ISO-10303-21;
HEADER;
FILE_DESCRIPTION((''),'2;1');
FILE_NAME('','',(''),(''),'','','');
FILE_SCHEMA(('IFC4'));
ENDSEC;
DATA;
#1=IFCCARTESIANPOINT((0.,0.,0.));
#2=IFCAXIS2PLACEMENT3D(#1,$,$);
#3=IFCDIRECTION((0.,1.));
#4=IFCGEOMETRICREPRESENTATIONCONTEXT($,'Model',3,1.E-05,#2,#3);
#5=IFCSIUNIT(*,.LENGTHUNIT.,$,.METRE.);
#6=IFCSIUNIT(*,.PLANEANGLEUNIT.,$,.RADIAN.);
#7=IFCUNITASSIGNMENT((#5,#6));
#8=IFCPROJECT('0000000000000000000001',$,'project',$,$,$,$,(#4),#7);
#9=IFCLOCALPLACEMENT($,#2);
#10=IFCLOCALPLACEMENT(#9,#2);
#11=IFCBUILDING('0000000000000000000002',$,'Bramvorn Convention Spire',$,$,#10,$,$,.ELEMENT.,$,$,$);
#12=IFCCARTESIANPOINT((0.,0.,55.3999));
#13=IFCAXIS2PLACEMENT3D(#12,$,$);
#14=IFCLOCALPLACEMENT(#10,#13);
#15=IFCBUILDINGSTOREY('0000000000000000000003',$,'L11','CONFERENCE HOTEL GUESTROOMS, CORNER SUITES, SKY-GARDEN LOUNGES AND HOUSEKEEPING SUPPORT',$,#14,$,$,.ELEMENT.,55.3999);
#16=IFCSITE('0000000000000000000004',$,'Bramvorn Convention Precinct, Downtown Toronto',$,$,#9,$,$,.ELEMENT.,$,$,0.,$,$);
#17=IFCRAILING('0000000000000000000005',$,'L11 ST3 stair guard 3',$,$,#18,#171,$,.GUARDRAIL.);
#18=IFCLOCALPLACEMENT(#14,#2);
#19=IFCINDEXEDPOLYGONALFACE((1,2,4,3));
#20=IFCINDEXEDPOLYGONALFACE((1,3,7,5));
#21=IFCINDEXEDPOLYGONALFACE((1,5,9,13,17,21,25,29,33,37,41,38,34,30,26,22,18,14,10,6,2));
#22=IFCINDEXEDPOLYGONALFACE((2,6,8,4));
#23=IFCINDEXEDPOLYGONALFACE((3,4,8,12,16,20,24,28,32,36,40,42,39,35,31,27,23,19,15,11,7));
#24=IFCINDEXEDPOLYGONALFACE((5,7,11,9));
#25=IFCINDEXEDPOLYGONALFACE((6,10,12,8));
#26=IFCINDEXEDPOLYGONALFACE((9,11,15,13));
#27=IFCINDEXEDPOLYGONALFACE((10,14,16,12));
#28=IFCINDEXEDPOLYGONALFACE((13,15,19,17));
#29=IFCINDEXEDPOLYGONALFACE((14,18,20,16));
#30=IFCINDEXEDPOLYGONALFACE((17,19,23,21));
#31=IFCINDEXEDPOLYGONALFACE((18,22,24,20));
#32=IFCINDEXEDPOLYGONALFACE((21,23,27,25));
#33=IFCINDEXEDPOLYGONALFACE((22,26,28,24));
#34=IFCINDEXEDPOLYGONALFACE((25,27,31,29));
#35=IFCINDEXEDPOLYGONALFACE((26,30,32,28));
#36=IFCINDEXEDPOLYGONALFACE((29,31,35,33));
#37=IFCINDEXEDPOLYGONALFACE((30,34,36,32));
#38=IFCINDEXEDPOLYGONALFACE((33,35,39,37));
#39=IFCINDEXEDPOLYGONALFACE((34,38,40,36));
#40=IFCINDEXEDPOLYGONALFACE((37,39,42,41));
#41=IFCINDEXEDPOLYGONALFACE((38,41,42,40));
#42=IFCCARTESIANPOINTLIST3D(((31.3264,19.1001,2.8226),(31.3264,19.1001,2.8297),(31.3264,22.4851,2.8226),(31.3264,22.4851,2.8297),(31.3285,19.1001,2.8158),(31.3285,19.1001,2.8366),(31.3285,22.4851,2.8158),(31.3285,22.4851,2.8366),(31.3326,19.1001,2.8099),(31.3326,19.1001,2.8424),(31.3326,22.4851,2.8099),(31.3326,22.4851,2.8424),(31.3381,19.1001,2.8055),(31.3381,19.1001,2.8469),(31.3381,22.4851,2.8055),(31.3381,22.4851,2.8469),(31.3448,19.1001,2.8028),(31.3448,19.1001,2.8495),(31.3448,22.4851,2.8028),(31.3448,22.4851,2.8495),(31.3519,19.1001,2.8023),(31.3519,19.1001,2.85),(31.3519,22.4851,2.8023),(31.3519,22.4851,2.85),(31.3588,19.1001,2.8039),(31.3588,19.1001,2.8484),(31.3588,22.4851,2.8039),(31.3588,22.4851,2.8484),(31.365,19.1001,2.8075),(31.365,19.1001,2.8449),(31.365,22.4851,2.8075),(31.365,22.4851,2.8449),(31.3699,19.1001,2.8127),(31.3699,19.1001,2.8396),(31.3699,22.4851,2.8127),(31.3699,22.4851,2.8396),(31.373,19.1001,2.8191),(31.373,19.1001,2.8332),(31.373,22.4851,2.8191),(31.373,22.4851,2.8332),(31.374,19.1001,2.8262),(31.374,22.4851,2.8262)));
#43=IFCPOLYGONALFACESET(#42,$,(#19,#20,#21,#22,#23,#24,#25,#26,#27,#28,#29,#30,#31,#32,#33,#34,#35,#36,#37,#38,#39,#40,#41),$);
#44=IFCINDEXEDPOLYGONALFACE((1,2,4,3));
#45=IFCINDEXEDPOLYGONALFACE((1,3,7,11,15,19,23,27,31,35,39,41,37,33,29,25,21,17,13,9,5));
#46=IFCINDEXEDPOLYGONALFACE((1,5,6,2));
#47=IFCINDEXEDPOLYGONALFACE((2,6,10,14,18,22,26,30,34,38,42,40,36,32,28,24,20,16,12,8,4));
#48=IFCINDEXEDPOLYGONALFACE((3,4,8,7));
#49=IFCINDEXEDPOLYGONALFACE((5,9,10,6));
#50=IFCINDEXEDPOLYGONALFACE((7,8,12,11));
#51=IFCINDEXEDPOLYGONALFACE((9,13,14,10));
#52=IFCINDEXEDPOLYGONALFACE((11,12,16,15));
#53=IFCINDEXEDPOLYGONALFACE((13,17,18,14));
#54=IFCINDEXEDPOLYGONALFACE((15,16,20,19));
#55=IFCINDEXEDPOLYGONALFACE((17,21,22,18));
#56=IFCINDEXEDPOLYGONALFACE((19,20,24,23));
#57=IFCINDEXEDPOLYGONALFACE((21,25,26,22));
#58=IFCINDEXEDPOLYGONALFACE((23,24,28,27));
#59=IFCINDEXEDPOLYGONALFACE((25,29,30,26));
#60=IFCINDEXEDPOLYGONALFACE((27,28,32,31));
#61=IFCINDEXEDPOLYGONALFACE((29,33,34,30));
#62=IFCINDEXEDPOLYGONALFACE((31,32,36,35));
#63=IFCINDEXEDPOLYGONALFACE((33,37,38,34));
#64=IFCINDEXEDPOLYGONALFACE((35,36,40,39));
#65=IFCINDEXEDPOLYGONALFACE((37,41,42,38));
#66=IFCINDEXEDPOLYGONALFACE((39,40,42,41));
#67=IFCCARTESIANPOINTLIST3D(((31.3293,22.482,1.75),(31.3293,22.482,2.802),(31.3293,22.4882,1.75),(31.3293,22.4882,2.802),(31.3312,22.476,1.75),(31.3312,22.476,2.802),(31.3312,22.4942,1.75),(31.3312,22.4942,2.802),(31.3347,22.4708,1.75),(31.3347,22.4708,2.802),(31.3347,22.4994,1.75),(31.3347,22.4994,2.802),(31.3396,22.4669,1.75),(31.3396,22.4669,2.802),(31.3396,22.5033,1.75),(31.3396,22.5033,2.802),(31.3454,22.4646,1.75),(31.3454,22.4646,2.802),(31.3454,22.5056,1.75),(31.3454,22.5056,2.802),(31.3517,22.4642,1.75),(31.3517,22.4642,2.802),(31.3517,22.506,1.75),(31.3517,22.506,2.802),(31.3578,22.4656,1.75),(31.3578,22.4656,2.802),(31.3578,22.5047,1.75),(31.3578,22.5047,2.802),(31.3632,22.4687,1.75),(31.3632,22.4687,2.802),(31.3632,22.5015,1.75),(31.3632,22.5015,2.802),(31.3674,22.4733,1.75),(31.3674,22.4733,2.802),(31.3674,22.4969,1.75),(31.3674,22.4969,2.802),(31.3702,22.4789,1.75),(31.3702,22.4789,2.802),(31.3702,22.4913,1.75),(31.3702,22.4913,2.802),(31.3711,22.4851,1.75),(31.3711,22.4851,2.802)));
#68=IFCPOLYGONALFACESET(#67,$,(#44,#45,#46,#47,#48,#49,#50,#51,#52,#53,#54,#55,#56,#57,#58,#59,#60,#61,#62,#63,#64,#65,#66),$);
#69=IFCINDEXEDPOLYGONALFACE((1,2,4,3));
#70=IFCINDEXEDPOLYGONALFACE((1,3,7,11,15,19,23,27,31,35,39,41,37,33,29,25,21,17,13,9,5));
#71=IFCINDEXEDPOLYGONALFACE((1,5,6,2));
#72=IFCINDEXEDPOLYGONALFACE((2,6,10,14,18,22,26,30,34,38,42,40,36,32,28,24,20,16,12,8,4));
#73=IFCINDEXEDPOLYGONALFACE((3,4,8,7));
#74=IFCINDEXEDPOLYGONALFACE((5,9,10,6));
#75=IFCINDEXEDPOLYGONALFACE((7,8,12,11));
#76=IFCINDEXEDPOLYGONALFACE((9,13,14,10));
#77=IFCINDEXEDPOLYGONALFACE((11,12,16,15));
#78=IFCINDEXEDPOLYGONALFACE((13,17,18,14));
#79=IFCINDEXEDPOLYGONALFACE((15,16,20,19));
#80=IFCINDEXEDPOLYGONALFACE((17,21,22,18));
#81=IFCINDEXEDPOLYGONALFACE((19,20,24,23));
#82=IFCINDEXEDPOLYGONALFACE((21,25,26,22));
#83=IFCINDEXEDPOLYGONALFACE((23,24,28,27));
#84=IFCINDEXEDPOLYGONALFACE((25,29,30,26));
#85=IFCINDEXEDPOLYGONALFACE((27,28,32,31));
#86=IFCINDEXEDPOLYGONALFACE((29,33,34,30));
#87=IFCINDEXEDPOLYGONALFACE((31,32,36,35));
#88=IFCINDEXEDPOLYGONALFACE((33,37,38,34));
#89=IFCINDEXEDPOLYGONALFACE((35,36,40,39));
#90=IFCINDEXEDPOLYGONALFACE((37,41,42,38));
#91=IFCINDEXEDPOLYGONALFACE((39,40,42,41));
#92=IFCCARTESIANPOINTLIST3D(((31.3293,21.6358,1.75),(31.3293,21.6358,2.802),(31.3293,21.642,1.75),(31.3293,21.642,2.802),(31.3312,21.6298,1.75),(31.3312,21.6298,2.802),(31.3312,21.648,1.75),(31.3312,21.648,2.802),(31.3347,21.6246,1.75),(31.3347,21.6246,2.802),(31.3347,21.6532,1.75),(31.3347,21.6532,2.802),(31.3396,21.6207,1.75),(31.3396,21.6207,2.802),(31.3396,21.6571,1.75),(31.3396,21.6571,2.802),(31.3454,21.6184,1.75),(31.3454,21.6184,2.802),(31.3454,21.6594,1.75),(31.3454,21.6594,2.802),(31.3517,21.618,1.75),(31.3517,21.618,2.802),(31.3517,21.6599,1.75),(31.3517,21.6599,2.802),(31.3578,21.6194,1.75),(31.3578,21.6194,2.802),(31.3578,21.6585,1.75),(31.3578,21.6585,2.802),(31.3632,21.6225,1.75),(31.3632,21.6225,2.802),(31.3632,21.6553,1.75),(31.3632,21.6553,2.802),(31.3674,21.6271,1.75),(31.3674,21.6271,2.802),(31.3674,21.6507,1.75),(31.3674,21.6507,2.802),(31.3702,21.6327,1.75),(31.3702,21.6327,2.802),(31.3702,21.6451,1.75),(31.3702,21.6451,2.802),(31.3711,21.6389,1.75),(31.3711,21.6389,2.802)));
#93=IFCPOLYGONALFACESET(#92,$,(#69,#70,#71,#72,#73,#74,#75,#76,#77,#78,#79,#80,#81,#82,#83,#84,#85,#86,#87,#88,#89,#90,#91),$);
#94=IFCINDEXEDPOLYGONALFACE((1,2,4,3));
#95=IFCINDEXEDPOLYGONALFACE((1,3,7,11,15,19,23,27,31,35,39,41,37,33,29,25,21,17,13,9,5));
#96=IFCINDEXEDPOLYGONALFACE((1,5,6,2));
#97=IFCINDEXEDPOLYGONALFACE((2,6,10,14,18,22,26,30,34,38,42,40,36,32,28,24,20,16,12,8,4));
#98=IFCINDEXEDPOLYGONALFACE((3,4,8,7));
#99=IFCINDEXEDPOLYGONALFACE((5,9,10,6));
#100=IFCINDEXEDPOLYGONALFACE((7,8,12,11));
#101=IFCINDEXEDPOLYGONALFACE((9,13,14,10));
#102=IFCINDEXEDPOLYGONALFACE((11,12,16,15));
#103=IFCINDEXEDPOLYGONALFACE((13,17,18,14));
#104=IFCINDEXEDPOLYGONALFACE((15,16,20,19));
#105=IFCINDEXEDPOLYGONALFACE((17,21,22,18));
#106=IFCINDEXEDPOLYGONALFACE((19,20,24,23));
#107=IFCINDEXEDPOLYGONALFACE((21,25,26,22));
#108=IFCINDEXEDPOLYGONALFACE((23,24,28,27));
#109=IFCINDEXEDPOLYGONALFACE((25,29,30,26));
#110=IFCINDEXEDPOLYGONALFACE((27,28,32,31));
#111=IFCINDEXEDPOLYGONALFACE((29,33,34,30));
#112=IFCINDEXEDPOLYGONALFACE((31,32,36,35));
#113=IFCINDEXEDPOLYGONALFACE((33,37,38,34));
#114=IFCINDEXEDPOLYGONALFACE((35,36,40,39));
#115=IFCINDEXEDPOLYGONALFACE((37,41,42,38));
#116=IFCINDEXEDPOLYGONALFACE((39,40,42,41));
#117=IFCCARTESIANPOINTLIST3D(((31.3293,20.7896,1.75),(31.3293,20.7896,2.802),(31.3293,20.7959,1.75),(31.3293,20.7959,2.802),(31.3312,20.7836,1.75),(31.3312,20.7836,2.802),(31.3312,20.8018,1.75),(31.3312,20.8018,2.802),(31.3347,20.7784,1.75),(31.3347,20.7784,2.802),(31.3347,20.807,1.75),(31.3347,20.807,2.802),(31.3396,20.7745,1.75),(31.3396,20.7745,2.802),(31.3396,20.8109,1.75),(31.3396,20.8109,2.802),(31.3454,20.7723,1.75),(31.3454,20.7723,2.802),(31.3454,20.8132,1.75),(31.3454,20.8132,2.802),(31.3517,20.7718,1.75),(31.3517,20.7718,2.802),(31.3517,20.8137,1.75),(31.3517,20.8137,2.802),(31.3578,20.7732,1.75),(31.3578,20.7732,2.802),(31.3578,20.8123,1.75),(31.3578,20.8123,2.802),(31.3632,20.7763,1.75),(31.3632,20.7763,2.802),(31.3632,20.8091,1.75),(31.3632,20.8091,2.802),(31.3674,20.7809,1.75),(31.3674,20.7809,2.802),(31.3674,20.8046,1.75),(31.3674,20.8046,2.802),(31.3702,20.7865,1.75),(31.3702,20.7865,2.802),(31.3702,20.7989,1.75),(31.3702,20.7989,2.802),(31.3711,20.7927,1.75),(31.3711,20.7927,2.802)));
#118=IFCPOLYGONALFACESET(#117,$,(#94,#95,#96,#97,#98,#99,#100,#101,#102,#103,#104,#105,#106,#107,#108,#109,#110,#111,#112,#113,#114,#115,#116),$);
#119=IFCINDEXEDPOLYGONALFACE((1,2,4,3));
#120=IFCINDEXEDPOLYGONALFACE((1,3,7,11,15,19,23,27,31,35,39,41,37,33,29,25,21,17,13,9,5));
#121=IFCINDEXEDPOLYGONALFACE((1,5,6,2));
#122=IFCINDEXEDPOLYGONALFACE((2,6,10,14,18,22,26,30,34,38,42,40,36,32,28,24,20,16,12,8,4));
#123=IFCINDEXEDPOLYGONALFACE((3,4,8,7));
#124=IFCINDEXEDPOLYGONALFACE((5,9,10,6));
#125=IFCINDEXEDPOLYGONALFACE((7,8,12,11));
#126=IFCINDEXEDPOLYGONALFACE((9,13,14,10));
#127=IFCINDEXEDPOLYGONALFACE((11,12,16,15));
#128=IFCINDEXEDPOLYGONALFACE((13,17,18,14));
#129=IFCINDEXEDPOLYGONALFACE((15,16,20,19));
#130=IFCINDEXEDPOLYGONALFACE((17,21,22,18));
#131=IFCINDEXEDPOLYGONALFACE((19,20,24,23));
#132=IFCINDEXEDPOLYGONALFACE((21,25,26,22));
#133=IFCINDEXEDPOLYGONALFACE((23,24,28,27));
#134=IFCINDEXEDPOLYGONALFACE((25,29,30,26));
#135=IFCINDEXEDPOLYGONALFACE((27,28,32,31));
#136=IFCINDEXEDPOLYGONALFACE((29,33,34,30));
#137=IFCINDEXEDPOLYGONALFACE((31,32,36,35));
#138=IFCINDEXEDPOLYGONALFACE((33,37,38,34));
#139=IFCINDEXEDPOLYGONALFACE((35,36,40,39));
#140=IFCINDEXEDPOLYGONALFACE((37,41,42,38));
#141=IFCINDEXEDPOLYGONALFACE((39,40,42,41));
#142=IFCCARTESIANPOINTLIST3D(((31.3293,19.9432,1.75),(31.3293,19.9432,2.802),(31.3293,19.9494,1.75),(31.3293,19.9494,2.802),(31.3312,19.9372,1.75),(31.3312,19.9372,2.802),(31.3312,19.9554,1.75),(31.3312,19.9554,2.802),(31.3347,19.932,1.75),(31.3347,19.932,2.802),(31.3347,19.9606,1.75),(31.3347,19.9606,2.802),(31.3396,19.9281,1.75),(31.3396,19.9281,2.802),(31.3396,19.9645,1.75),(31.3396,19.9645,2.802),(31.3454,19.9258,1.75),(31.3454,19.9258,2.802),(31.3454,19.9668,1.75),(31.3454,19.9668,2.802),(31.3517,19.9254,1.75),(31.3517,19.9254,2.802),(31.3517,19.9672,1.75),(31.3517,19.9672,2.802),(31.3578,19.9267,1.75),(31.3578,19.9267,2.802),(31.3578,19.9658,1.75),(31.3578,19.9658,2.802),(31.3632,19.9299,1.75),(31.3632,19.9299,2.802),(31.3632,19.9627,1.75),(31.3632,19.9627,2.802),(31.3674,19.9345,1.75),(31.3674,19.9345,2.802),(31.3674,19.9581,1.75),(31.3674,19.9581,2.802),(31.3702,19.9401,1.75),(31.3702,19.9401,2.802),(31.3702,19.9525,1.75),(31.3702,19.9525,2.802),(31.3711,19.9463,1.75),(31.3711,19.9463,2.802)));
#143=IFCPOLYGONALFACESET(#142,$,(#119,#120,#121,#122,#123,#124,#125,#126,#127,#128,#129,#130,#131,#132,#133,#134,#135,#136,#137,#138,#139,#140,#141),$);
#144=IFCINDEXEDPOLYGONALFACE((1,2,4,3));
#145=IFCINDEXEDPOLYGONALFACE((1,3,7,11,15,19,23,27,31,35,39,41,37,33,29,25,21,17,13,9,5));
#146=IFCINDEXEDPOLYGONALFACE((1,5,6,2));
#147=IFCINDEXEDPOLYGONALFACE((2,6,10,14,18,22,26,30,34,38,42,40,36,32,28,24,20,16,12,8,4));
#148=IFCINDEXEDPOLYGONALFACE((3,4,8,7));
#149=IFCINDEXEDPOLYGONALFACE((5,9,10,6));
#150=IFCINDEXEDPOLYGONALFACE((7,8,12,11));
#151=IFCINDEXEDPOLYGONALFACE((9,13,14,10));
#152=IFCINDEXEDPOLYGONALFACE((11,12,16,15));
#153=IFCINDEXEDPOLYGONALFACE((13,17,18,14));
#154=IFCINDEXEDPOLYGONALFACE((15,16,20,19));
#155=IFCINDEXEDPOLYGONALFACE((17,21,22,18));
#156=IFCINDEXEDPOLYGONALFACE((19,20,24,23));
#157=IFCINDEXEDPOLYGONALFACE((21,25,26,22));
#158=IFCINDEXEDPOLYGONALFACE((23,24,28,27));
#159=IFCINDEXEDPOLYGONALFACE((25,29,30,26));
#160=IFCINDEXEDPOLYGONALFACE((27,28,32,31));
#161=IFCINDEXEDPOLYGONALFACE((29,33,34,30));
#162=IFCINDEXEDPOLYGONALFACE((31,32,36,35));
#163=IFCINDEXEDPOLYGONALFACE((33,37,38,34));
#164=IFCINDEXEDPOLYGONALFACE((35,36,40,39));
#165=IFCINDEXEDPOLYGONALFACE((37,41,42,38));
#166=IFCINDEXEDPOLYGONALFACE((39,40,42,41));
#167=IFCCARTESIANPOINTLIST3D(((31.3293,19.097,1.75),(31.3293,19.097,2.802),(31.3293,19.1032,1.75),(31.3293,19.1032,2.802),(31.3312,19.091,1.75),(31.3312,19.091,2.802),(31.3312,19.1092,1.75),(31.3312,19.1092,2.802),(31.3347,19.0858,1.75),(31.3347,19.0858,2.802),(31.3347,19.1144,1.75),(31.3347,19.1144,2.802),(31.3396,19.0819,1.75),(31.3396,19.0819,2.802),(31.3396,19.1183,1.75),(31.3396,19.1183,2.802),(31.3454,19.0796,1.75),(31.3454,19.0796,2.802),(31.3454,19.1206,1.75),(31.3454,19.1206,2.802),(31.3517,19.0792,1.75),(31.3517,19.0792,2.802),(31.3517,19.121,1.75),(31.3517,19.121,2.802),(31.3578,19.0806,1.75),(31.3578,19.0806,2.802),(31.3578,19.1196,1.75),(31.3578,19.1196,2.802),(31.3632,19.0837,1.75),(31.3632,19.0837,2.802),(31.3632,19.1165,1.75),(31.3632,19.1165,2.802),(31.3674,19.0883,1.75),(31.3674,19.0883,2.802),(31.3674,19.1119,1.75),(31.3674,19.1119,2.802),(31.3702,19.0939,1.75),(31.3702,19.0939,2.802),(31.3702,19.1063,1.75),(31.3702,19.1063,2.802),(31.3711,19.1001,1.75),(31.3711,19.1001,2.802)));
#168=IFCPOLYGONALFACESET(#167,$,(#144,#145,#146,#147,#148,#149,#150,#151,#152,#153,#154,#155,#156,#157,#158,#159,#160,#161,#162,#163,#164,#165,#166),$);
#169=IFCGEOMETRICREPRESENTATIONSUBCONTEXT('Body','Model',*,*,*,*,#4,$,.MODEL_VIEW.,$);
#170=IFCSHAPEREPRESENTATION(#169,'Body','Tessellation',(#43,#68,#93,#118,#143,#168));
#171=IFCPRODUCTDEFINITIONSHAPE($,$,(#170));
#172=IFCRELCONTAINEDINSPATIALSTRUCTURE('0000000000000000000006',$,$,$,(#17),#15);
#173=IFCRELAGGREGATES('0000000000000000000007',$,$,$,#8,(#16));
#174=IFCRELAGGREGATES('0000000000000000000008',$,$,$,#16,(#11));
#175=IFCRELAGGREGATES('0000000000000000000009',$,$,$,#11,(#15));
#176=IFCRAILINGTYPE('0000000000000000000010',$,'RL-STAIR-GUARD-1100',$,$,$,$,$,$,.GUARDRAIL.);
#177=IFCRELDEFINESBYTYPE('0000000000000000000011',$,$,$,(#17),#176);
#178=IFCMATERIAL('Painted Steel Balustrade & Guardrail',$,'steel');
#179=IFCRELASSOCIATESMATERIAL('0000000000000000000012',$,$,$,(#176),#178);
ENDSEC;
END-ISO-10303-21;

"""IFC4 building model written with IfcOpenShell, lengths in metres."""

from ifc_helpers import new_model, si_unit, direction, frame, origin, origin_2d, place, context, subcontext, project, spatial, circle, extrude, material, type_object, element, save


model = new_model("IFC4")

# Units and contexts
model_context = context("Model", 3, precision=1e-05, world=origin(), true_north=direction((0.0, 1.0)))
body_context = subcontext(model_context, "Body", "Model", "MODEL_VIEW")
ifc_project = project(units=[si_unit("LENGTHUNIT", "METRE"), si_unit("PLANEANGLEUNIT", "RADIAN")], contexts=[model_context])

# Site, building, storey
site_placement = place(None, origin())
site = spatial("IfcSite", under=ifc_project, at=site_placement, Name="Bramvorn Convention Precinct, Downtown Toronto", CompositionType="ELEMENT", RefElevation=0.0)
building_placement = place(site_placement, origin())
building = spatial("IfcBuilding", under=site, at=building_placement, Name="Bramvorn Convention Spire", CompositionType="ELEMENT")
storey_placement = place(building_placement, frame((0.0, 0.0, 55.3999)))
storey = spatial("IfcBuildingStorey", under=building, at=storey_placement, Name="L11", Description="CONFERENCE HOTEL GUESTROOMS, CORNER SUITES, SKY-GARDEN LOUNGES AND HOUSEKEEPING SUPPORT", CompositionType="ELEMENT", Elevation=55.3999)

# Railing
ifc_material_1 = material(Name="Painted Steel Balustrade & Guardrail", Category="steel")
railing_type_1 = type_object("IfcRailingType", Name="RL-STAIR-GUARD-1100", PredefinedType="GUARDRAIL", material=ifc_material_1)
for number, where, name in (
    (1, (31.3501, 22.4851, 1.75), "L11 ST3 stair guard 3"),
):
    element("IfcRailing", number, at=place(storey_placement, frame(where)), inside=storey, type_object=railing_type_1, Name=name, PredefinedType="GUARDRAIL", context=body_context, shape_type="SweptSolid", body=[
        extrude(circle(Radius=0.0239, at=origin_2d()), frame((0.0, 0.0, 1.0762), z_axis=(0.0, -1.0, 0.0), x_axis=(1.0, 0.0, 0.0)), (0.0, 0.0, 1.0), 3.385),
        extrude(circle(Radius=0.021, at=origin_2d()), origin(), (0.0, 0.0, 1.0), 1.052),
        extrude(circle(Radius=0.021, at=origin_2d()), frame((0.0, -0.8462, 0.0)), (0.0, 0.0, 1.0), 1.052),
        extrude(circle(Radius=0.021, at=origin_2d()), frame((0.0, -1.6924, 0.0)), (0.0, 0.0, 1.0), 1.052),
        extrude(circle(Radius=0.021, at=origin_2d()), frame((0.0, -2.5388, 0.0)), (0.0, 0.0, 1.0), 1.052),
        extrude(circle(Radius=0.021, at=origin_2d()), frame((0.0, -3.385, 0.0)), (0.0, 0.0, 1.0), 1.052),
    ])

save(model, "model.ifc")
